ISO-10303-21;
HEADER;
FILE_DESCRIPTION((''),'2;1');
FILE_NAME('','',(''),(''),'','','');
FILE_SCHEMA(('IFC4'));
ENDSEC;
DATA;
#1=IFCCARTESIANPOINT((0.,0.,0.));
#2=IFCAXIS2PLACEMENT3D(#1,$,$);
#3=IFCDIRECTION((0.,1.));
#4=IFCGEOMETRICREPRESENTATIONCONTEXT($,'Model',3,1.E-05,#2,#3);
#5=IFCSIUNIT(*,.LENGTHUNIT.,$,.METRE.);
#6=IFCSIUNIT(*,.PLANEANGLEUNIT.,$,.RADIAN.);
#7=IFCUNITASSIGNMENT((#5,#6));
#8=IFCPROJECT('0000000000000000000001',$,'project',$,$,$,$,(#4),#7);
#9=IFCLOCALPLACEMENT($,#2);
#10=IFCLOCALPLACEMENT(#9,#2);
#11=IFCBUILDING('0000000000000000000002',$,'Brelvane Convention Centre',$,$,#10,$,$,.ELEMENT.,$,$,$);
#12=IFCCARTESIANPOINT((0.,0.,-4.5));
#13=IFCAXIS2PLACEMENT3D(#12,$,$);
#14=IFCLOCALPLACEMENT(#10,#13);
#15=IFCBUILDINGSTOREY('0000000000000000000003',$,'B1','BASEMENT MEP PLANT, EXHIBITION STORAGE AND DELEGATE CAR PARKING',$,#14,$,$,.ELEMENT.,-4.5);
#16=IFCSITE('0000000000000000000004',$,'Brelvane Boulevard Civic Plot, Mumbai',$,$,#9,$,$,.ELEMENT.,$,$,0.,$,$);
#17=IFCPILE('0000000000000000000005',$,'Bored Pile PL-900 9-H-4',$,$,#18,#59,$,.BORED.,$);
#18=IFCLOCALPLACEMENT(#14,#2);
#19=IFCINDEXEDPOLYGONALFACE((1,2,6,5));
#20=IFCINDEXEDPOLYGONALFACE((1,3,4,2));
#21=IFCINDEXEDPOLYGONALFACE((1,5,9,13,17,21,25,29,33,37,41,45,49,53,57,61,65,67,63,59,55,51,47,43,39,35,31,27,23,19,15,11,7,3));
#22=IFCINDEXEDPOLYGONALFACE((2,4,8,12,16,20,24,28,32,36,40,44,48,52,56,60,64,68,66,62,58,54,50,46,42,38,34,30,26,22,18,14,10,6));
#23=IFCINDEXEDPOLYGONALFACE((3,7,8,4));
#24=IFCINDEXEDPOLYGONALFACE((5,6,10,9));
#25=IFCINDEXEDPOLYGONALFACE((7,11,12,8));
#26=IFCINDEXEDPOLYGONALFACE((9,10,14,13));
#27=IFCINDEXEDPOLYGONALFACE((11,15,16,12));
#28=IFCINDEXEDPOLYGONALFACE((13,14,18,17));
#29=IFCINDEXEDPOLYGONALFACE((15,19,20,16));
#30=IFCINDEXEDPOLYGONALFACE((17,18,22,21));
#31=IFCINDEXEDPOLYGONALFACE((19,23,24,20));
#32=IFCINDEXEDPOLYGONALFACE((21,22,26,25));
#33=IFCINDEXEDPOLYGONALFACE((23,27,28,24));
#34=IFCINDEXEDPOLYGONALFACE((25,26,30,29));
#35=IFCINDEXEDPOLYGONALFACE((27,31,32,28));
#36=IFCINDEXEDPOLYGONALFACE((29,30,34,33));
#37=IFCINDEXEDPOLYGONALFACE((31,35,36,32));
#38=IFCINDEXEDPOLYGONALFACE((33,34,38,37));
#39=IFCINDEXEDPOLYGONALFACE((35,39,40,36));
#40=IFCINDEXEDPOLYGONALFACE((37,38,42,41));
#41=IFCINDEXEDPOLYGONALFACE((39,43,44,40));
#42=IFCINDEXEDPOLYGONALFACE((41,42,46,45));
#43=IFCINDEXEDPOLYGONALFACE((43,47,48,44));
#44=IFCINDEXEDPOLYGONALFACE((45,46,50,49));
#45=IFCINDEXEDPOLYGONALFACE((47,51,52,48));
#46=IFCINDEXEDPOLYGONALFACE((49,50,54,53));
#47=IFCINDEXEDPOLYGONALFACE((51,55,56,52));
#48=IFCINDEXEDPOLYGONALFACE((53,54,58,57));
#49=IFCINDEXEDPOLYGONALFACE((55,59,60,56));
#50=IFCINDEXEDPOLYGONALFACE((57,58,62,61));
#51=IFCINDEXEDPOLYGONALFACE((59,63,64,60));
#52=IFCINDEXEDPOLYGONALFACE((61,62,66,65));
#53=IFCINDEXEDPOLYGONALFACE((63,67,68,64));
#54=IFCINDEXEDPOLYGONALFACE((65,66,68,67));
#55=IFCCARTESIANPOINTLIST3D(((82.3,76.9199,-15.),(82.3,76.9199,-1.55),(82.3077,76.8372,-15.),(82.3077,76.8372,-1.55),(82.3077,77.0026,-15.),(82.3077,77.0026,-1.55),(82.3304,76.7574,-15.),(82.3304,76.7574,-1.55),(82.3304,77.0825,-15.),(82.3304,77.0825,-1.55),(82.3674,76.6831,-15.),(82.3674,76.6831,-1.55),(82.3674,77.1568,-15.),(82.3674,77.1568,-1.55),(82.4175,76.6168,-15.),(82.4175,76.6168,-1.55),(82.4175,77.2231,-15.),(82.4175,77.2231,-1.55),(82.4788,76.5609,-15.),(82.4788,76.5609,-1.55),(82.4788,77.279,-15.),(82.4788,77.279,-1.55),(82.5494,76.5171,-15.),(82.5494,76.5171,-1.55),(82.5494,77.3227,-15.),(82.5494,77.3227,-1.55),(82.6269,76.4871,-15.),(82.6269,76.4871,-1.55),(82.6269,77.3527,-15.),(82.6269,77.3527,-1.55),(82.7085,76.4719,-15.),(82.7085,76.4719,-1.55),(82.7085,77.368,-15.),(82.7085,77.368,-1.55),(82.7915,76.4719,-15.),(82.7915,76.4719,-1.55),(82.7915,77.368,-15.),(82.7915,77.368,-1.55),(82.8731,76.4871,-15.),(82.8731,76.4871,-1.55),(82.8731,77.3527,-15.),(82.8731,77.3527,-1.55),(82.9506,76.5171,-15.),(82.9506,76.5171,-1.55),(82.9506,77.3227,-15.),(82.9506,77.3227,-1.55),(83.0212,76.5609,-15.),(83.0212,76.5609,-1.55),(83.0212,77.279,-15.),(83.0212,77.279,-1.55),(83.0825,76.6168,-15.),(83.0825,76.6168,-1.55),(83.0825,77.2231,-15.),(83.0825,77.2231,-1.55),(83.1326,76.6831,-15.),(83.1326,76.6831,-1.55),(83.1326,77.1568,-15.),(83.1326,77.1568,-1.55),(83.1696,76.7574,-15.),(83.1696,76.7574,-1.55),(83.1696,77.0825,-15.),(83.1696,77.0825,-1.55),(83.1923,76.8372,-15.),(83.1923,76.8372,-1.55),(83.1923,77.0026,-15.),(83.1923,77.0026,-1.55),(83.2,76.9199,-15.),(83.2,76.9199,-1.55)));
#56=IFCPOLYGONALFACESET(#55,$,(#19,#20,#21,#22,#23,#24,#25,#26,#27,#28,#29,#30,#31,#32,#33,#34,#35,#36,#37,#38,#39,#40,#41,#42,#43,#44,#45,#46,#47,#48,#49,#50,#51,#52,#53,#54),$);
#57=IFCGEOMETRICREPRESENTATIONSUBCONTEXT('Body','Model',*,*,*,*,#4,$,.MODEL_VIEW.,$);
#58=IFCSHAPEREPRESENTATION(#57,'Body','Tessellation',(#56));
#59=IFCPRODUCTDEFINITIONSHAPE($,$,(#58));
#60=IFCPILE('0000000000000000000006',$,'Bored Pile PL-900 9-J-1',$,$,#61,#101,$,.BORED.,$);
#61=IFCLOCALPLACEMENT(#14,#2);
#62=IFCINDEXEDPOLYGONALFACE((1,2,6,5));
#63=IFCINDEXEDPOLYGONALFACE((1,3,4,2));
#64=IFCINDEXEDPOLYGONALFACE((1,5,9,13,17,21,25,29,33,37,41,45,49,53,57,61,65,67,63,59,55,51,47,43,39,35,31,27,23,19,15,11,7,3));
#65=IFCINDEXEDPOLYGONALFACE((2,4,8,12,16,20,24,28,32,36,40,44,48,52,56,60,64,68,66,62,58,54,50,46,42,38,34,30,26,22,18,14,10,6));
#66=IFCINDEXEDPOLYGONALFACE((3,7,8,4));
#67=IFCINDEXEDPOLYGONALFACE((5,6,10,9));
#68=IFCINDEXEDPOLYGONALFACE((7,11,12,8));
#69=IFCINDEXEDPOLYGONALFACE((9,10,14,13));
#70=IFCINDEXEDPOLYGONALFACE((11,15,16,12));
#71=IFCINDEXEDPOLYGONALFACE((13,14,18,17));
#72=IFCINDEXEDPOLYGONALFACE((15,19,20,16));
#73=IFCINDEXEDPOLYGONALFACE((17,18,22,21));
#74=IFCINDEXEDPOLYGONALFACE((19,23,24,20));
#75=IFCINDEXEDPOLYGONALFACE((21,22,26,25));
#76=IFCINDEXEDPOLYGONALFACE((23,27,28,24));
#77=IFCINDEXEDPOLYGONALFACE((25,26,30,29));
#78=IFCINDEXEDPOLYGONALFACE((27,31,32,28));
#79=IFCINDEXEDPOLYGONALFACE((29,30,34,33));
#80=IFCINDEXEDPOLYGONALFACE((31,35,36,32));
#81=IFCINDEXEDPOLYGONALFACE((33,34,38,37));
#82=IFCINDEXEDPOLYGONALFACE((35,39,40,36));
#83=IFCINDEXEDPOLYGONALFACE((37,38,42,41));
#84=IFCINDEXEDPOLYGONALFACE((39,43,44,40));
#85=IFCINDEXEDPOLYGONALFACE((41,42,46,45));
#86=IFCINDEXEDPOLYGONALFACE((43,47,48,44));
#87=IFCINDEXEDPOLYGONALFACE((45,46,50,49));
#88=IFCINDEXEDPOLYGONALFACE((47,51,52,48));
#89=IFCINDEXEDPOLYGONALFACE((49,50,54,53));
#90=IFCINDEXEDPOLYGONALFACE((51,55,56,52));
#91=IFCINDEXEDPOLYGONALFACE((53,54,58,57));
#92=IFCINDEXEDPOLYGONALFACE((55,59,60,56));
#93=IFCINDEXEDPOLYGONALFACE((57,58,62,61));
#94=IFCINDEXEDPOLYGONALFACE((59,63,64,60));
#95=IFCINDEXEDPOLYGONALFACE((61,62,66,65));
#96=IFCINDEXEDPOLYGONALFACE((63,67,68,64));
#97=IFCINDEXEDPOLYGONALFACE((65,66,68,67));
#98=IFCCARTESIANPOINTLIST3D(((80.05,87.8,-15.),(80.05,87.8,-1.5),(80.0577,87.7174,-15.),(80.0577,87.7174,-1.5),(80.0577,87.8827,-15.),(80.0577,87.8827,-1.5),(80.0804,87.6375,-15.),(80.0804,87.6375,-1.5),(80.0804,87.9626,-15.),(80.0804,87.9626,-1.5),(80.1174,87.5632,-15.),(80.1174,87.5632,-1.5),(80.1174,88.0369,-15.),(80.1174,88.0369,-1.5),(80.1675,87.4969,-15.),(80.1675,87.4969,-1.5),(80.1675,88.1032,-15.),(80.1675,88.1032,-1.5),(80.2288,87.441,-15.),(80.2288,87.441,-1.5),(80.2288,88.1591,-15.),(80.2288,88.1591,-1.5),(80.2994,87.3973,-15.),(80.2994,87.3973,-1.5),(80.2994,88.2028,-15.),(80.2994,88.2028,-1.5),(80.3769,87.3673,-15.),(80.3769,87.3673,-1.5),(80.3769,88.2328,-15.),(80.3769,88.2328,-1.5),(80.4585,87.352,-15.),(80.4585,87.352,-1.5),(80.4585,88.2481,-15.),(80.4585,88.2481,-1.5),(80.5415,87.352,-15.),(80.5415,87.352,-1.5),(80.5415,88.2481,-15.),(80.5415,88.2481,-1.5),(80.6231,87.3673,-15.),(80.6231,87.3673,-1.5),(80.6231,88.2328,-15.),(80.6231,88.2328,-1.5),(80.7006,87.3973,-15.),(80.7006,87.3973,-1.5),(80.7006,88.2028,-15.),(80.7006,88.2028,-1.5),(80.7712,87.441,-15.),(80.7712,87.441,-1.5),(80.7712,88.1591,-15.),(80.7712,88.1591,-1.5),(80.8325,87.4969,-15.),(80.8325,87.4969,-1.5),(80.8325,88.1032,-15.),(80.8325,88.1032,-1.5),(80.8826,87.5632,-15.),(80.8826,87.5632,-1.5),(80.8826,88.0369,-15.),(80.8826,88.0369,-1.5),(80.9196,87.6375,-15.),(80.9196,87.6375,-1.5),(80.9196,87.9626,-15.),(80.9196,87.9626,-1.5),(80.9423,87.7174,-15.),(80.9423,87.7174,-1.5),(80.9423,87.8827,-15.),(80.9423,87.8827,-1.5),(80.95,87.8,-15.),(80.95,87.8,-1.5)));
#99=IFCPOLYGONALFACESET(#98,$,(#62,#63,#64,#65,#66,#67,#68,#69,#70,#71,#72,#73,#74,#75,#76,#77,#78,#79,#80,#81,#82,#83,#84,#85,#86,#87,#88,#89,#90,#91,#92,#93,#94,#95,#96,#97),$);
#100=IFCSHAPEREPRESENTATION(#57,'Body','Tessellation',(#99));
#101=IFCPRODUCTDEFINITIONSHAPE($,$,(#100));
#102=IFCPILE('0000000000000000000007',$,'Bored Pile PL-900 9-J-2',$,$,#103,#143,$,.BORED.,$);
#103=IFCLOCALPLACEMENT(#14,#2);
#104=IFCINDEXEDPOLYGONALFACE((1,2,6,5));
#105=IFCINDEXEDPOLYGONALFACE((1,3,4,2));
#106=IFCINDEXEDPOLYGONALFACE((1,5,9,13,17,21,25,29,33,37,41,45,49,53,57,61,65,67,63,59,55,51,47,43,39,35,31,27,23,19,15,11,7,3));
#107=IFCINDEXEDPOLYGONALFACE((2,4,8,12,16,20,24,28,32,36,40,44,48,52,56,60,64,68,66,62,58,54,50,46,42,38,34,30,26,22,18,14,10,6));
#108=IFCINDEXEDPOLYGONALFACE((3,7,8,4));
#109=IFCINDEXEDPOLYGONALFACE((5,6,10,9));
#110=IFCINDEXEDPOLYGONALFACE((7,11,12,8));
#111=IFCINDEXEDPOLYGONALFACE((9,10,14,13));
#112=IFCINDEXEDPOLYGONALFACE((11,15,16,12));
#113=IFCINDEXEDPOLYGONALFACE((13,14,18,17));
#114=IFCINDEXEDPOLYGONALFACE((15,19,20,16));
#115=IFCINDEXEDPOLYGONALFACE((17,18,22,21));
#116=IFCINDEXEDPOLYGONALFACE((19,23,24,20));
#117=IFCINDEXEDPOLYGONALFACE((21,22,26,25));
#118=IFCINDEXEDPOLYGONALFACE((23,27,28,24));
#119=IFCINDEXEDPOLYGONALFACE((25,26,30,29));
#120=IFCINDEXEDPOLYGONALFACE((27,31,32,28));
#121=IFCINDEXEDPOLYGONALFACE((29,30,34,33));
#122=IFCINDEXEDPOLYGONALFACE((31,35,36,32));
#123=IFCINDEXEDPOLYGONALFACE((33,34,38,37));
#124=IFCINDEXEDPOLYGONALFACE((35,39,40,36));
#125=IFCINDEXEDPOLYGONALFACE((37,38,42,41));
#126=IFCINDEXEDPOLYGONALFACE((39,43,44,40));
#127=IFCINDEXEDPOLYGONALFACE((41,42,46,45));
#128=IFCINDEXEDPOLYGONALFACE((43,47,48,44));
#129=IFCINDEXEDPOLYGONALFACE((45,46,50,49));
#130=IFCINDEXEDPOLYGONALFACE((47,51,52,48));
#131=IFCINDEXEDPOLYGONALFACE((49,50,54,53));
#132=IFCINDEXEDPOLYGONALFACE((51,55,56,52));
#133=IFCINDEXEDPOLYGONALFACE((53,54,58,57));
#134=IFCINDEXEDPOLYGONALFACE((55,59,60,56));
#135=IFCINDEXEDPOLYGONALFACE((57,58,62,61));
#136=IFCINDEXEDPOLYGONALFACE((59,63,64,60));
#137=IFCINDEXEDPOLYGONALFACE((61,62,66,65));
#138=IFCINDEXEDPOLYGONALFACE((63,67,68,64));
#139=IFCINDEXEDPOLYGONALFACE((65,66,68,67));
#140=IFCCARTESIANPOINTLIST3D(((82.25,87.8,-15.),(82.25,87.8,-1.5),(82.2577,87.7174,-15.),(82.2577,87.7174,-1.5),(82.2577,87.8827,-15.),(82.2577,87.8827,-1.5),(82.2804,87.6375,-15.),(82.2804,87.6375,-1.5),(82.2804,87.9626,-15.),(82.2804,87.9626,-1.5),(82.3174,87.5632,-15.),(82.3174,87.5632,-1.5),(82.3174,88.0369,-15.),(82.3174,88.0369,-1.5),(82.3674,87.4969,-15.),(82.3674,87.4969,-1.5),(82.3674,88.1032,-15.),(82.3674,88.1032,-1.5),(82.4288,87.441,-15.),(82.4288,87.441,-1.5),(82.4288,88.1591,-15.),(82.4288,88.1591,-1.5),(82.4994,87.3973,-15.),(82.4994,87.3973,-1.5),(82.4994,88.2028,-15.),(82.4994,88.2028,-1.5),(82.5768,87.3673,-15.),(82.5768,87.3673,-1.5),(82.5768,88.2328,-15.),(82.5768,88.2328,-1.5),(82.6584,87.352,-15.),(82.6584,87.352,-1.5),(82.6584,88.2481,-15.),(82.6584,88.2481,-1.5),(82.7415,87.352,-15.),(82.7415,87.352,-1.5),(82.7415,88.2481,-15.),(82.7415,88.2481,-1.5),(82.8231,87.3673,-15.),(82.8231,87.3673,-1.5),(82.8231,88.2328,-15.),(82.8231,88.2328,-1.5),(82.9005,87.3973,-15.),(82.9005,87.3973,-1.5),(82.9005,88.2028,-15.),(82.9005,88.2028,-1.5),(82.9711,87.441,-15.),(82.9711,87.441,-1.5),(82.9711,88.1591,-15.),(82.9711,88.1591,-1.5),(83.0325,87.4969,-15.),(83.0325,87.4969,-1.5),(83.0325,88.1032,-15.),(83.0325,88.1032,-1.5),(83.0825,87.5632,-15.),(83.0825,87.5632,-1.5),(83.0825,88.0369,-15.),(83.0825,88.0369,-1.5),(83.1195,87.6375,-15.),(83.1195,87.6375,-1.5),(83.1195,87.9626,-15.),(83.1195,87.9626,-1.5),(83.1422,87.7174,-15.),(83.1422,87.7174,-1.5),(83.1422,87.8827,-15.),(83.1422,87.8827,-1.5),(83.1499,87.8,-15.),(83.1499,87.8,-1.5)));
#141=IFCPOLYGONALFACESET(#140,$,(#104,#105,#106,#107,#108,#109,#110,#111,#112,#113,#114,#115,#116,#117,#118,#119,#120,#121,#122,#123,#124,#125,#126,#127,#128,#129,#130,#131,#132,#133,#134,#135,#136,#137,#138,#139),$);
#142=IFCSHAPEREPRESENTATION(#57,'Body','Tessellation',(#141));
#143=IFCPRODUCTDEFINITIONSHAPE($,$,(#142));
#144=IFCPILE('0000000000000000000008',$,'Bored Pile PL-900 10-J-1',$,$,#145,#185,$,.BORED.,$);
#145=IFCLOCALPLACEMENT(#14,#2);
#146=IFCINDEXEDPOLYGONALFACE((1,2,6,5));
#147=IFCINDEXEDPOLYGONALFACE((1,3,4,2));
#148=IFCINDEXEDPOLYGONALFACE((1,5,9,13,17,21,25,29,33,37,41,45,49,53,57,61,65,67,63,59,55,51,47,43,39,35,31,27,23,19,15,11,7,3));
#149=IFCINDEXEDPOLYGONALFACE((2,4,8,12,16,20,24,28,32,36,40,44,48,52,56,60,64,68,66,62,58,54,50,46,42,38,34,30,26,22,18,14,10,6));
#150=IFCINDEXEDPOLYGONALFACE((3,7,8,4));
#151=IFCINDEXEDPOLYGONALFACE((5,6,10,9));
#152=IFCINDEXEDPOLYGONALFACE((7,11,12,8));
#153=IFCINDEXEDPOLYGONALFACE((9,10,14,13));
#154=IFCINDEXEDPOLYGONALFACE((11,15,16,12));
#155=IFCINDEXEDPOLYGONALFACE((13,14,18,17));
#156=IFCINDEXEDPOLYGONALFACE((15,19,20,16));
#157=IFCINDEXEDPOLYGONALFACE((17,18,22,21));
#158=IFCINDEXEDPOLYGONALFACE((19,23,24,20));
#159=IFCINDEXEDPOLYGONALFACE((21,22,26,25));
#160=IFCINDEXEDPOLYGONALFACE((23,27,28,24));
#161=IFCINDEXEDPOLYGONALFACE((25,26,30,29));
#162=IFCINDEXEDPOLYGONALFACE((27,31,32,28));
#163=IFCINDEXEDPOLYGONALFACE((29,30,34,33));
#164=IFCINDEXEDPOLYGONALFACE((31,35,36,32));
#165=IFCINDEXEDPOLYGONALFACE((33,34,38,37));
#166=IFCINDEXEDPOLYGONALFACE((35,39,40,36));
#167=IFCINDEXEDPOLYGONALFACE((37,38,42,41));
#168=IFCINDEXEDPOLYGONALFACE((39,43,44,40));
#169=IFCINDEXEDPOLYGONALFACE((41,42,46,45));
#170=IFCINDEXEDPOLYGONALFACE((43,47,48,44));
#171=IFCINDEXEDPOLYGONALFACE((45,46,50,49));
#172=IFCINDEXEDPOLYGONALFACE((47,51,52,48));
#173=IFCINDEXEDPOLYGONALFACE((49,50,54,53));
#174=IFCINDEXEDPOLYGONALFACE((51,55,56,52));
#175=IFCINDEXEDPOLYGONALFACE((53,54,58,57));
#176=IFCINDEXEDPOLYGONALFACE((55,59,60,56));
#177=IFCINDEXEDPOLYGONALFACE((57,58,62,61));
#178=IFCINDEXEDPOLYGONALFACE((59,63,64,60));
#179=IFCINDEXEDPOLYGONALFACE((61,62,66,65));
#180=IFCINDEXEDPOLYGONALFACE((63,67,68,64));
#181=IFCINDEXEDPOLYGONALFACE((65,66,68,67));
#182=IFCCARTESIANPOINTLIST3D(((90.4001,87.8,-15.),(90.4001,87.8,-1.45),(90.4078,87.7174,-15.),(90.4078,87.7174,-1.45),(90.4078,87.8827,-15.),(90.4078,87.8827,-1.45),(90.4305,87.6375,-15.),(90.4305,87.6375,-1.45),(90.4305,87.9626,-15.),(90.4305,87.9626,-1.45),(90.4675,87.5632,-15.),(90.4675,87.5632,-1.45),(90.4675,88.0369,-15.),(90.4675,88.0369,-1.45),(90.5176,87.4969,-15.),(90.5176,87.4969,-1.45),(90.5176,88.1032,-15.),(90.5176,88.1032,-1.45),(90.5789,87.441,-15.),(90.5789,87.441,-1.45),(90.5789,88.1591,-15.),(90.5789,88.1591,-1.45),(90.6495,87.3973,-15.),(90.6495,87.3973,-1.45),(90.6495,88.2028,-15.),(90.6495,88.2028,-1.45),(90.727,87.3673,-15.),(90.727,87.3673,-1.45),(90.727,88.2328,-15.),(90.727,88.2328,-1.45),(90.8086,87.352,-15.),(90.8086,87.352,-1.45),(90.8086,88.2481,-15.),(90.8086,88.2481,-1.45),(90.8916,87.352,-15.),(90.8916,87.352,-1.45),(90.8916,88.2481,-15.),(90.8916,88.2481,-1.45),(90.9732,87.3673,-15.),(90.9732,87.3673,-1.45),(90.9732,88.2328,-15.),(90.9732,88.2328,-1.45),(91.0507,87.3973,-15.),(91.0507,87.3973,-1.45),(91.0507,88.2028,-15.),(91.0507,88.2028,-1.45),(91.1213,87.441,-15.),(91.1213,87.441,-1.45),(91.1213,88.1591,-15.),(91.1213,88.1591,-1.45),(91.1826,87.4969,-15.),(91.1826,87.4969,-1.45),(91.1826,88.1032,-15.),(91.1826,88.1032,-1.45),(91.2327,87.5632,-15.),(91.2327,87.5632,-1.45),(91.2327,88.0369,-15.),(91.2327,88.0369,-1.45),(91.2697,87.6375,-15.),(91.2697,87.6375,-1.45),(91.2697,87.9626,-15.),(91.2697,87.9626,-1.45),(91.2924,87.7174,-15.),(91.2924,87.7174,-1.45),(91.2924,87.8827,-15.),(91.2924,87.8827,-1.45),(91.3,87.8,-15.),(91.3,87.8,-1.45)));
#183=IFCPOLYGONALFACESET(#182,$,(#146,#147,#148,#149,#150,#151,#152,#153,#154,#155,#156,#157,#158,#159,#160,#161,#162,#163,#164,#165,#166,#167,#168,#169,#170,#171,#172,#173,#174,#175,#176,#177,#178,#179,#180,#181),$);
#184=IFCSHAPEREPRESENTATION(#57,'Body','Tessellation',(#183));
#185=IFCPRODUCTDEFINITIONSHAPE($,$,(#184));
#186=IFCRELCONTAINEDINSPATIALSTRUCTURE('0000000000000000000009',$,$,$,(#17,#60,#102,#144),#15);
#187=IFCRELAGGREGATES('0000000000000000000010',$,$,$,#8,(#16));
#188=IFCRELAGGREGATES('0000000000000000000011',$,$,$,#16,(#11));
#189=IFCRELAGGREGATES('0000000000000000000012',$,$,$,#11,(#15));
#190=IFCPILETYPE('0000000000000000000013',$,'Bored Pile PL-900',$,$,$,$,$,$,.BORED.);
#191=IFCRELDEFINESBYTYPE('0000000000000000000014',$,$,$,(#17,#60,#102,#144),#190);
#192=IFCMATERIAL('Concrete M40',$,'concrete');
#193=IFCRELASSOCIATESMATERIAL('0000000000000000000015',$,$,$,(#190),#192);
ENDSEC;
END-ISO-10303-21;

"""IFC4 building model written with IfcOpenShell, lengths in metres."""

from ifc_helpers import new_model, si_unit, direction, frame, origin, origin_2d, place, context, subcontext, project, spatial, circle, extrude, material, material_profile, profile_set, type_object, element, save


model = new_model("IFC4")

# Units and contexts
model_context = context("Model", 3, precision=1e-05, world=origin(), true_north=direction((0.0, 1.0)))
body_context = subcontext(model_context, "Body", "Model", "MODEL_VIEW")
ifc_project = project(units=[si_unit("LENGTHUNIT", "METRE"), si_unit("PLANEANGLEUNIT", "RADIAN")], contexts=[model_context])

# Site, building, storey
site_placement = place(None, origin())
site = spatial("IfcSite", under=ifc_project, at=site_placement, Name="Brelvane Boulevard Civic Plot, Mumbai", CompositionType="ELEMENT", RefElevation=0.0)
building_placement = place(site_placement, origin())
building = spatial("IfcBuilding", under=site, at=building_placement, Name="Brelvane Convention Centre", CompositionType="ELEMENT")
storey_placement = place(building_placement, frame((0.0, 0.0, -4.5)))
storey = spatial("IfcBuildingStorey", under=building, at=storey_placement, Name="B1", Description="BASEMENT MEP PLANT, EXHIBITION STORAGE AND DELEGATE CAR PARKING", CompositionType="ELEMENT", Elevation=-4.5)

# Piles
ifc_material_1 = material(Name="Concrete M40", Category="concrete")
ifc_material_profile_1 = material_profile(ifc_material_1, circle(Radius=0.45, at=origin_2d()), Name="PILE D900")
ifc_profile_set_1 = profile_set([ifc_material_profile_1], Name="Concrete M40")
pile_type = type_object("IfcPileType", Name="Bored Pile PL-900", PredefinedType="BORED", material=ifc_profile_set_1)
for number, where, z_axis, x_axis, name in (
    (1, (82.75, 76.9199, -1.55), (0.0, 0.0, -1.0), (1.0, 0.0, 0.0), "Bored Pile PL-900 9-H-4"),
):
    element("IfcPile", number, at=place(storey_placement, frame(where, z_axis=z_axis, x_axis=x_axis)), inside=storey, type_object=pile_type, Name=name, PredefinedType="BORED", context=body_context, shape_type="SweptSolid", body=[
        extrude(circle(Radius=0.45, at=origin_2d()), origin(), (0.0, 0.0, 1.0), 13.45),
    ])
for number, where, z_axis, x_axis, name in (
    (2, (80.5, 87.8, -1.5), (0.0, 0.0, -1.0), (1.0, 0.0, 0.0), "Bored Pile PL-900 9-J-1"),
    (3, (82.7, 87.8, -1.5), (0.0, 0.0, -1.0), (1.0, 0.0, 0.0), "Bored Pile PL-900 9-J-2"),
):
    element("IfcPile", number, at=place(storey_placement, frame(where, z_axis=z_axis, x_axis=x_axis)), inside=storey, type_object=pile_type, Name=name, PredefinedType="BORED", context=body_context, shape_type="SweptSolid", body=[
        extrude(circle(Radius=0.45, at=origin_2d()), origin(), (0.0, 0.0, 1.0), 13.5),
    ])
for number, where, z_axis, x_axis, name in (
    (4, (90.8501, 87.8, -1.45), (0.0, 0.0, -1.0), (1.0, 0.0, 0.0), "Bored Pile PL-900 10-J-1"),
):
    element("IfcPile", number, at=place(storey_placement, frame(where, z_axis=z_axis, x_axis=x_axis)), inside=storey, type_object=pile_type, Name=name, PredefinedType="BORED", context=body_context, shape_type="SweptSolid", body=[
        extrude(circle(Radius=0.45, at=origin_2d()), origin(), (0.0, 0.0, 1.0), 13.55),
    ])

save(model, "model.ifc")
